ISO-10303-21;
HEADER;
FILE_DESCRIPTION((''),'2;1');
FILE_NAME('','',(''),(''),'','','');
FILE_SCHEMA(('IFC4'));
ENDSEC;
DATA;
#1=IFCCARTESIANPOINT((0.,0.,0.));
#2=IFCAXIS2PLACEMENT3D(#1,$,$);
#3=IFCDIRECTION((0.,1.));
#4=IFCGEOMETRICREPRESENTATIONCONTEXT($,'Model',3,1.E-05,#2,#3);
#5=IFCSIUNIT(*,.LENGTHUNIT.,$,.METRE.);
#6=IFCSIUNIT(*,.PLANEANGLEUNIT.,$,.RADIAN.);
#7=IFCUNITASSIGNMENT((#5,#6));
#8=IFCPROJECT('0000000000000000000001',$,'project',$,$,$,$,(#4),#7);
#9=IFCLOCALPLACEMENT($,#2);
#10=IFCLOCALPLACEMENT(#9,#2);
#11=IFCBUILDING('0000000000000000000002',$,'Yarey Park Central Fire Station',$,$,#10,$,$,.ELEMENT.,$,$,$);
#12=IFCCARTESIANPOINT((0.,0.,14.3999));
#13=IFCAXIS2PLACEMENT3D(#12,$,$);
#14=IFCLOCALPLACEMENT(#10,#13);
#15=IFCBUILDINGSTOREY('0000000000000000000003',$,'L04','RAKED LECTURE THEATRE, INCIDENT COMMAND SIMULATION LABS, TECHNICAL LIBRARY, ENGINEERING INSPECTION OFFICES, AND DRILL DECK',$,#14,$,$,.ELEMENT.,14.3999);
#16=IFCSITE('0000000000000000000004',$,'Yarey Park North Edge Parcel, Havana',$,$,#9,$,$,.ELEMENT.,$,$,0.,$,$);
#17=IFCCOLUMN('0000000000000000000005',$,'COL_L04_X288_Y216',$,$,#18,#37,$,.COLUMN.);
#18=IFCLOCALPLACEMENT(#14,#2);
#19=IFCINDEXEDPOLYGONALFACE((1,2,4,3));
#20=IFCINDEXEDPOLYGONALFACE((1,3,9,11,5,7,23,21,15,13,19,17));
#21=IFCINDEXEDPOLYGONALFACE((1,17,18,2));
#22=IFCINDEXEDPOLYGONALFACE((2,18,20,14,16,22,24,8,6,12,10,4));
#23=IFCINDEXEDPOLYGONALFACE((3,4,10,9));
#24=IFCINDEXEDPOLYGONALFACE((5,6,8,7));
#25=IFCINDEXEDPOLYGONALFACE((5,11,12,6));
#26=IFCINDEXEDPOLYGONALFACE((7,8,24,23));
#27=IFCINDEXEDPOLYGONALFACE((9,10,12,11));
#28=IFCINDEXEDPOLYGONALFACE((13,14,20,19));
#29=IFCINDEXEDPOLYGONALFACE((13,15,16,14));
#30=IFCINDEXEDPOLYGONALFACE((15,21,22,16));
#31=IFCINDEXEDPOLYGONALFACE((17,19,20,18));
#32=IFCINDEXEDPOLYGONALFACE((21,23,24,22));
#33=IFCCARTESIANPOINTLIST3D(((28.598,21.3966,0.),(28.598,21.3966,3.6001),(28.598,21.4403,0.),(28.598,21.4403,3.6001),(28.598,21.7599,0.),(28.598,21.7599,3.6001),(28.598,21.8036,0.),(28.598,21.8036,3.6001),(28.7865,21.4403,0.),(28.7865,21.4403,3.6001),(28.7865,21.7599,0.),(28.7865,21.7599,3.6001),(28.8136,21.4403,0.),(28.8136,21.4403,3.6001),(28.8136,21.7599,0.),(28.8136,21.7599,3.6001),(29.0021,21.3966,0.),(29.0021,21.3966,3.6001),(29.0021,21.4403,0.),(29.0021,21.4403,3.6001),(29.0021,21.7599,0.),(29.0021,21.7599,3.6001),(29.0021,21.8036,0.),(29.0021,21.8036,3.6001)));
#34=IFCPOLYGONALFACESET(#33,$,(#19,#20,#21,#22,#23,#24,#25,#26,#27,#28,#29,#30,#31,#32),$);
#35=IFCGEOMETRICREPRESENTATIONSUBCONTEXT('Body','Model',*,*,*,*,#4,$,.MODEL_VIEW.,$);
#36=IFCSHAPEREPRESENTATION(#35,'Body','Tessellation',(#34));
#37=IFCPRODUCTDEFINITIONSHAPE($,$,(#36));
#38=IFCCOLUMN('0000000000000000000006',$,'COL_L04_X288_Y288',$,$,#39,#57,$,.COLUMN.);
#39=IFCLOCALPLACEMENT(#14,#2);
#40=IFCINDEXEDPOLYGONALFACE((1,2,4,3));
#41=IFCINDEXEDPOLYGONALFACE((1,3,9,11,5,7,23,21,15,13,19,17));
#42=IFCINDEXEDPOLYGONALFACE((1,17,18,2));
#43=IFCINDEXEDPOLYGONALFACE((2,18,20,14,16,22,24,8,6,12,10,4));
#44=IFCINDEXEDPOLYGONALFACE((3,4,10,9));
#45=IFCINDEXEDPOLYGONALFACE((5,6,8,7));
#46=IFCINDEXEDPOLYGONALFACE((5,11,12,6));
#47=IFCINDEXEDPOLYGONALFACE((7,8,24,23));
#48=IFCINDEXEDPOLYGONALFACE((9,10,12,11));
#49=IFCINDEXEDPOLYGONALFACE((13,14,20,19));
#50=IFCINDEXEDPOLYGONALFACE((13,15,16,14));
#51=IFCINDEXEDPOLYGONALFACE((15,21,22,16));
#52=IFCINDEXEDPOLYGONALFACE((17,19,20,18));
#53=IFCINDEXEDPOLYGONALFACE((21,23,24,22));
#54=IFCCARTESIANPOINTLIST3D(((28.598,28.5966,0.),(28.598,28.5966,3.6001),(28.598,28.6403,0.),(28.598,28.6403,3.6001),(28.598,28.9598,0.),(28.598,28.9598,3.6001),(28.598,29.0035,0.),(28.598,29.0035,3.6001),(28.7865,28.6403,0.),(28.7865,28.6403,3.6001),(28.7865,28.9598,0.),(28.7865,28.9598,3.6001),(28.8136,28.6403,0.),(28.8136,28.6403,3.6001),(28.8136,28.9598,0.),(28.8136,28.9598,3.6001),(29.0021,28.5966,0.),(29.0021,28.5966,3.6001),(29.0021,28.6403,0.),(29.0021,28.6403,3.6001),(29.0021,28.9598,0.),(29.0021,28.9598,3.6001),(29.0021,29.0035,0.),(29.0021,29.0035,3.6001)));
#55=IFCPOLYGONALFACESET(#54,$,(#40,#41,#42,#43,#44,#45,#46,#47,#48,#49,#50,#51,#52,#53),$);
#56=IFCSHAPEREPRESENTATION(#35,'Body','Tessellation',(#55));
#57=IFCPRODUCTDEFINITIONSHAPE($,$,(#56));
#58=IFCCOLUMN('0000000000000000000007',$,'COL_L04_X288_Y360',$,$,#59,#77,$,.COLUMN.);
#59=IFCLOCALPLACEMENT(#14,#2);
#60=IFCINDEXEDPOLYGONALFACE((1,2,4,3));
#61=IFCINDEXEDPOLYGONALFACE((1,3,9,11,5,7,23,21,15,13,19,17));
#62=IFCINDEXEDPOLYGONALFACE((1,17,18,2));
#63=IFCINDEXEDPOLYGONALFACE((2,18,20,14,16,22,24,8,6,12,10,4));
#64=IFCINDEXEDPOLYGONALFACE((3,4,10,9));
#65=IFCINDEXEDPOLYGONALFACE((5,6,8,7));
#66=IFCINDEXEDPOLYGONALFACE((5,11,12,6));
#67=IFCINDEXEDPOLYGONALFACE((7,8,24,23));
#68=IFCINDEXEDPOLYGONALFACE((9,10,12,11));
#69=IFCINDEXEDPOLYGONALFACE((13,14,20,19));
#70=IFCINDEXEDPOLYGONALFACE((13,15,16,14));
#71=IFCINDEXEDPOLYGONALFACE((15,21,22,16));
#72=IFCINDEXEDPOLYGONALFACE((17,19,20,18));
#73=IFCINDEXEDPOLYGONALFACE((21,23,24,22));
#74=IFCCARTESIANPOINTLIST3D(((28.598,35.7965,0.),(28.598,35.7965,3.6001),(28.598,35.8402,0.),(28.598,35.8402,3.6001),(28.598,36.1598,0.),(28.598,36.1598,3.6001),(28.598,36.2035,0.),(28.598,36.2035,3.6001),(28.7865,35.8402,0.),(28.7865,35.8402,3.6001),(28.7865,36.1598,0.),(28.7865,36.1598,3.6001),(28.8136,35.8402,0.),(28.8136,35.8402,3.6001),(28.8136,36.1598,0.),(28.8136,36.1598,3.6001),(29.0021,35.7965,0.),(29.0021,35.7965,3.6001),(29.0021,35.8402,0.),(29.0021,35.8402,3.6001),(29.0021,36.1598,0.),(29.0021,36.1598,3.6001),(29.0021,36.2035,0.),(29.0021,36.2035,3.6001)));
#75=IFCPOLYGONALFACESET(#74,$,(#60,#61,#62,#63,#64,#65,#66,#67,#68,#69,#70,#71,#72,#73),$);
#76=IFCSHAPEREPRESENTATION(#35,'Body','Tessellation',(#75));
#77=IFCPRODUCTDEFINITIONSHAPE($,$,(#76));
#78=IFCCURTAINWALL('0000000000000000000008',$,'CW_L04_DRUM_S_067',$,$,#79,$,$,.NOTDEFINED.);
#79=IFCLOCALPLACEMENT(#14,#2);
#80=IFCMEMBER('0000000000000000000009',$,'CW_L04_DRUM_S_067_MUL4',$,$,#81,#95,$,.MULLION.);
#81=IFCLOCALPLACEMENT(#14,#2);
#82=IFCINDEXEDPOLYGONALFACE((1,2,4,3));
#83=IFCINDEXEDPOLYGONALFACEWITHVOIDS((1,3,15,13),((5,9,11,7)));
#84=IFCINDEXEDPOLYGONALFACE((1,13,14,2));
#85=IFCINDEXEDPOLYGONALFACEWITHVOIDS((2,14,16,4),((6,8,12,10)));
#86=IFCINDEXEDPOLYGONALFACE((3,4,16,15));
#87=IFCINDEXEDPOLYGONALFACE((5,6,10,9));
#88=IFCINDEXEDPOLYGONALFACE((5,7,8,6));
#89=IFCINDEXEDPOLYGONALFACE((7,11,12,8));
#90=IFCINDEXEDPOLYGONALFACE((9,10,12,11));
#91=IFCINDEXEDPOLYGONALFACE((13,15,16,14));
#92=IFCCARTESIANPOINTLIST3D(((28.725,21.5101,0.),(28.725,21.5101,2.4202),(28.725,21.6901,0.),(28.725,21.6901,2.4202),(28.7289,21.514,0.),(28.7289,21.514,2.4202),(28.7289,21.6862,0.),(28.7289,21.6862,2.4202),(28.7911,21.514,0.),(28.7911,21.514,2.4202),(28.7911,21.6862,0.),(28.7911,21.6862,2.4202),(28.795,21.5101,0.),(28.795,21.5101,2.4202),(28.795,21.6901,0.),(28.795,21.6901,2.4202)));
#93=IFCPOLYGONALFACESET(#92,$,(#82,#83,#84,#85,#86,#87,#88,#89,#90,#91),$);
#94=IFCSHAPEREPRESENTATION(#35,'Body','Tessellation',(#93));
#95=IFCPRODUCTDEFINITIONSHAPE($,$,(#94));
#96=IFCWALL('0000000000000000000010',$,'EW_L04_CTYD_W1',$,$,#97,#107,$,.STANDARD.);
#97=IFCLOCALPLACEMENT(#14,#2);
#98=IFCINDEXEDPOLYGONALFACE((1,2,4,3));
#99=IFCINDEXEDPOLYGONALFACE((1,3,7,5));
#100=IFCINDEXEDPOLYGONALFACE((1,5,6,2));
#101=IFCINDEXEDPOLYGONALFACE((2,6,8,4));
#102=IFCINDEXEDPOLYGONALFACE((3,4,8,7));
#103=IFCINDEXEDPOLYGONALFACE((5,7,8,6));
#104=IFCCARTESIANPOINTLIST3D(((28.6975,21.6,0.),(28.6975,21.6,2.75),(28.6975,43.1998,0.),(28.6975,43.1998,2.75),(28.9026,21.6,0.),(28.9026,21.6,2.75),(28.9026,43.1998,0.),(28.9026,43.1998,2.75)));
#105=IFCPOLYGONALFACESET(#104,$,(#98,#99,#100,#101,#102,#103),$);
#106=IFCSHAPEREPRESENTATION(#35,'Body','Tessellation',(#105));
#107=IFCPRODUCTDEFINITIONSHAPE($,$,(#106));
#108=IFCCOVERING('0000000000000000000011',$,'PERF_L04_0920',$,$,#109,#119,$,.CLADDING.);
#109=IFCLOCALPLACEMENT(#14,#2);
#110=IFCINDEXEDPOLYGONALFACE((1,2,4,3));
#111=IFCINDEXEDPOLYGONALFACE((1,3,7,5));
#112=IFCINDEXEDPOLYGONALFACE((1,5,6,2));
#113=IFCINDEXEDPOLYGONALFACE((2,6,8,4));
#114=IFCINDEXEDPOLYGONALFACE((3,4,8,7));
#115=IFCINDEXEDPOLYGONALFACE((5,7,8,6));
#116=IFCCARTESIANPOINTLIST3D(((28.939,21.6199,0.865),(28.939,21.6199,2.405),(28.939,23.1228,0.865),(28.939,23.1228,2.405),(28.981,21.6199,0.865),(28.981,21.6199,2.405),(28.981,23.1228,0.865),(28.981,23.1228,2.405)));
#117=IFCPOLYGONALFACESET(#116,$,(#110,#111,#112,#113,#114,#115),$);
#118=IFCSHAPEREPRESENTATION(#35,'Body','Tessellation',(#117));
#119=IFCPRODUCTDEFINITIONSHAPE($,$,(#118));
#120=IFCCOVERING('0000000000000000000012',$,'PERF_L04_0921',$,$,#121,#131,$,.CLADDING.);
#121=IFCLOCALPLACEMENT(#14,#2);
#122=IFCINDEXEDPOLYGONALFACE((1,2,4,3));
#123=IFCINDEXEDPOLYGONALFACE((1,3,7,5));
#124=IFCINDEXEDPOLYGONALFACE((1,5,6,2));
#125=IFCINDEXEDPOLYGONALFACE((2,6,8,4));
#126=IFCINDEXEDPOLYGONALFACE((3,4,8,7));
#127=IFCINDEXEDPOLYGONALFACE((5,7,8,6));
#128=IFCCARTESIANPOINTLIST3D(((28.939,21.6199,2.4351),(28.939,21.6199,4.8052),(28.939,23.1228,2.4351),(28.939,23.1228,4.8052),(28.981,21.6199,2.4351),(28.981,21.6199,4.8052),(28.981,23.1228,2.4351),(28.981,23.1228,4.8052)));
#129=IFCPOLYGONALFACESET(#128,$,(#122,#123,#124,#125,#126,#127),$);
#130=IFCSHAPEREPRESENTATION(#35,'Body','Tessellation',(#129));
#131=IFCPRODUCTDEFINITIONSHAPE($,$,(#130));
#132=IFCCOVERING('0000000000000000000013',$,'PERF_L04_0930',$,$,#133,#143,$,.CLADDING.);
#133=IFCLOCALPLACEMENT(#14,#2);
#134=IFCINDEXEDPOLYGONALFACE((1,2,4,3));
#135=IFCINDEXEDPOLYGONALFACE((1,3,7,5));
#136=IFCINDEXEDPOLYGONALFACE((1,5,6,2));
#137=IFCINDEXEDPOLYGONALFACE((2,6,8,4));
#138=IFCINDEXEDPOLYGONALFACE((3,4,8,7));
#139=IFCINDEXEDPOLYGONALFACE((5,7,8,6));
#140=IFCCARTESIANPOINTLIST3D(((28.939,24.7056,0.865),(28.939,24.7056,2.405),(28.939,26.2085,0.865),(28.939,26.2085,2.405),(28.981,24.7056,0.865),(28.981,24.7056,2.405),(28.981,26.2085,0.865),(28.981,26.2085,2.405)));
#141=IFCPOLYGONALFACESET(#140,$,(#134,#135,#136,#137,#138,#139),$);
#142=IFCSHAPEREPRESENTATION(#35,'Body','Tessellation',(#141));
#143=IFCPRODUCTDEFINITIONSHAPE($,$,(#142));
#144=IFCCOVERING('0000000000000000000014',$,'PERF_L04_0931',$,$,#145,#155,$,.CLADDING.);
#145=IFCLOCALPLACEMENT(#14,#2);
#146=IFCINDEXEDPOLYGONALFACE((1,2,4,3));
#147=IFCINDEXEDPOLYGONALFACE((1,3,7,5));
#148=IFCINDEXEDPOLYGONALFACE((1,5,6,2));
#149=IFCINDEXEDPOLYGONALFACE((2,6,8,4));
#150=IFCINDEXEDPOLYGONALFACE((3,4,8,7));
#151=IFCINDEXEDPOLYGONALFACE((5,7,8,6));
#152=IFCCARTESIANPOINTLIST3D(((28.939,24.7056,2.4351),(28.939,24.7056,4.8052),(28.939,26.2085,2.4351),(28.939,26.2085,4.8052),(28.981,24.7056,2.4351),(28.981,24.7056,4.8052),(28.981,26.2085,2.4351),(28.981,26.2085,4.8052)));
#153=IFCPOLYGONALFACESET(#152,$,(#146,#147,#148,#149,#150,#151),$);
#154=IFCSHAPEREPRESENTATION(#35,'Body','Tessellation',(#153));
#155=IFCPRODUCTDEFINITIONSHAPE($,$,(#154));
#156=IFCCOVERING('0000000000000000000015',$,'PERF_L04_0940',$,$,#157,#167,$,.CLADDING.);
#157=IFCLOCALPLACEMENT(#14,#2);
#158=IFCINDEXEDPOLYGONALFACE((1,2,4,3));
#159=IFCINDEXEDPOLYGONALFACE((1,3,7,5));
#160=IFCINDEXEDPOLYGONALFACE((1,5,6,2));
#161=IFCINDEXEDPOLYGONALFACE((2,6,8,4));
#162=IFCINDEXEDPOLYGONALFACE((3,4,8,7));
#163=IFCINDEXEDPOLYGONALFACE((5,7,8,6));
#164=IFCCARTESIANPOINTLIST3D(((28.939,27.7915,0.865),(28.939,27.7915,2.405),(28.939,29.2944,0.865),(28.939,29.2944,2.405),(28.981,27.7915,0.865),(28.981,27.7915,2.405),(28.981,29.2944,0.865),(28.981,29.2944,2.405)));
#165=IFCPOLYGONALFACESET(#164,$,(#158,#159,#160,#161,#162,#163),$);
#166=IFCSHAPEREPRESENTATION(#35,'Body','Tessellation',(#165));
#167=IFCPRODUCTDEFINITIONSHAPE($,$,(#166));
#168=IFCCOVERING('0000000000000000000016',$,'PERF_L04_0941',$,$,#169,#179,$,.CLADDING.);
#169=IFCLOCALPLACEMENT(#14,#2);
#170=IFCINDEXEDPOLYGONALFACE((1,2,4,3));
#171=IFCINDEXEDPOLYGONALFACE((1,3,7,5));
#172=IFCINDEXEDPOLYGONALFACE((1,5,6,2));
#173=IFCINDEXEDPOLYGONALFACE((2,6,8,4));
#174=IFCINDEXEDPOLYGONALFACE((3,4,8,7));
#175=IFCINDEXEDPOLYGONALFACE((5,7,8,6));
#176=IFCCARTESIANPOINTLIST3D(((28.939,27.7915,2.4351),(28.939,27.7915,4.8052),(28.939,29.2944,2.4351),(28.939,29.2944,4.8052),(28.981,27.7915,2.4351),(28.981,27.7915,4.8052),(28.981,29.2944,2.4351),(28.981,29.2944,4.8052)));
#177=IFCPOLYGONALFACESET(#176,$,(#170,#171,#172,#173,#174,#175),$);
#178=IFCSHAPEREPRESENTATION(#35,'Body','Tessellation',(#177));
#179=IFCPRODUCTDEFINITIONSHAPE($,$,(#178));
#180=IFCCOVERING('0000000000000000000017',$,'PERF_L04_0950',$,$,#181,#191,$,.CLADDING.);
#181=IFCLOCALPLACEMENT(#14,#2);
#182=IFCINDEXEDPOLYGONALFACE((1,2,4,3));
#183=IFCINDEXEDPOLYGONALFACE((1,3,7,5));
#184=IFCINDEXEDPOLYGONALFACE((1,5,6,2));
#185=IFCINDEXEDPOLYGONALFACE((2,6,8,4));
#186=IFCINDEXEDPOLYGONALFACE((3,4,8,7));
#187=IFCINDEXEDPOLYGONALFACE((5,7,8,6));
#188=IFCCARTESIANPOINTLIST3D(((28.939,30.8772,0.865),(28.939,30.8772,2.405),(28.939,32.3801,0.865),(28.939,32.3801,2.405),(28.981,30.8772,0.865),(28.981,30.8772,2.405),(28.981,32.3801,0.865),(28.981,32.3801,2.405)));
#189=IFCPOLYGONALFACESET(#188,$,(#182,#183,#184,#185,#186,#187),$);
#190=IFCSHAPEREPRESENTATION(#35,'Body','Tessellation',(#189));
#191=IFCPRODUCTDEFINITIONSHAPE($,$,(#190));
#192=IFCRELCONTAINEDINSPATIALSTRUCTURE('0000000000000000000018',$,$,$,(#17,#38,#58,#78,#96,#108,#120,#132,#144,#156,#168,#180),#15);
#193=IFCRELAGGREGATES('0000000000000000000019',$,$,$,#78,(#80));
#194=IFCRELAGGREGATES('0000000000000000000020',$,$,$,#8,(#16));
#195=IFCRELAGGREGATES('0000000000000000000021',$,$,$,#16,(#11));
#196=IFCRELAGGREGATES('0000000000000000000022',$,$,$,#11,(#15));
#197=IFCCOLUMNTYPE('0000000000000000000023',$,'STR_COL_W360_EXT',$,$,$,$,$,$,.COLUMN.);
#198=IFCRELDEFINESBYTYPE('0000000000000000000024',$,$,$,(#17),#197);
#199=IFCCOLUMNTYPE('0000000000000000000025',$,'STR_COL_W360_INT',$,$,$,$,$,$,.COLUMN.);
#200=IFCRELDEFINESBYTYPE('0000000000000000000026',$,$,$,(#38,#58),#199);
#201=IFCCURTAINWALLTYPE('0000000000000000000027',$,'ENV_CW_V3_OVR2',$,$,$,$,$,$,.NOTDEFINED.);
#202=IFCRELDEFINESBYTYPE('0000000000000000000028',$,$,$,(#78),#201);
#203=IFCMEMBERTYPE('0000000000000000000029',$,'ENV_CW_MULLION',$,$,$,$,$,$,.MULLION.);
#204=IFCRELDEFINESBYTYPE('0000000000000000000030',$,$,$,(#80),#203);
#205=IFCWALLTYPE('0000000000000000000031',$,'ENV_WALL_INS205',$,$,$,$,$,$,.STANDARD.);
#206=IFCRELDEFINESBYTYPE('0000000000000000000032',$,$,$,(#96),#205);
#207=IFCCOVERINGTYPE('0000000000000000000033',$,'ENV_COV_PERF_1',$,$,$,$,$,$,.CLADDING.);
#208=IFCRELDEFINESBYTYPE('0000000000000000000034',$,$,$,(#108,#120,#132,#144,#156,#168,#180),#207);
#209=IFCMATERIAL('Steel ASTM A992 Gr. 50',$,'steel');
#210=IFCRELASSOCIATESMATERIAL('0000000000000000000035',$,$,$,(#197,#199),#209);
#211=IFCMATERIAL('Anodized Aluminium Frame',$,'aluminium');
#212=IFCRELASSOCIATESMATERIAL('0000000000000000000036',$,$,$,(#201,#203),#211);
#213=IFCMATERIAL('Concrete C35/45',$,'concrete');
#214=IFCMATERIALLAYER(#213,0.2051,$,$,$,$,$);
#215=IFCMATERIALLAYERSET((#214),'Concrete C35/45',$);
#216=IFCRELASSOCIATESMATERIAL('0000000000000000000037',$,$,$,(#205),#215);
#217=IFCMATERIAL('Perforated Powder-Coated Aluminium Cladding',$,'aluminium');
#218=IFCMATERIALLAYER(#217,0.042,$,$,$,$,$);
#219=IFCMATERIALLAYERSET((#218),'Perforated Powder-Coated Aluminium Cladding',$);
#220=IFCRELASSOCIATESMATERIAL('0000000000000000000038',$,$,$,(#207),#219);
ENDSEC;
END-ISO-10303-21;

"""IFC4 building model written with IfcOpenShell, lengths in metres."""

from ifc_helpers import new_model, si_unit, direction, frame, frame_2d, origin, origin_2d, place, context, subcontext, project, spatial, rectangle, hollow_rectangle, i_section, extrude, material, layer, layer_set, material_profile, profile_set, type_object, element, aggregate, save


model = new_model("IFC4")

# Units and contexts
model_context = context("Model", 3, precision=1e-05, world=origin(), true_north=direction((0.0, 1.0)))
body_context = subcontext(model_context, "Body", "Model", "MODEL_VIEW")
ifc_project = project(units=[si_unit("LENGTHUNIT", "METRE"), si_unit("PLANEANGLEUNIT", "RADIAN")], contexts=[model_context])

# Site, building, storey
site_placement = place(None, origin())
site = spatial("IfcSite", under=ifc_project, at=site_placement, Name="Yarey Park North Edge Parcel, Havana", CompositionType="ELEMENT", RefElevation=0.0)
building_placement = place(site_placement, origin())
building = spatial("IfcBuilding", under=site, at=building_placement, Name="Yarey Park Central Fire Station", CompositionType="ELEMENT")
storey_placement = place(building_placement, frame((0.0, 0.0, 14.3999)))
storey = spatial("IfcBuildingStorey", under=building, at=storey_placement, Name="L04", Description="RAKED LECTURE THEATRE, INCIDENT COMMAND SIMULATION LABS, TECHNICAL LIBRARY, ENGINEERING INSPECTION OFFICES, AND DRILL DECK", CompositionType="ELEMENT", Elevation=14.3999)

# Columns
ifc_material_1 = material(Name="Steel ASTM A992 Gr. 50", Category="steel")
ifc_material_profile_1 = material_profile(ifc_material_1, i_section(OverallWidth=0.4041, OverallDepth=0.407, WebThickness=0.0271, FlangeThickness=0.0437, at=origin_2d()), Name="W360x347")
ifc_profile_set_1 = profile_set([ifc_material_profile_1], Name="Steel ASTM A992 Gr. 50")
column_type_1 = type_object("IfcColumnType", Name="STR_COL_W360_EXT", PredefinedType="COLUMN", material=ifc_profile_set_1)
column_placement = place(storey_placement, frame((28.8, 21.6001, 0.0), z_axis=(0.0, 0.0, 1.0), x_axis=(1.0, 0.0, 0.0)))
element("IfcColumn", 1, at=column_placement, inside=storey, type_object=column_type_1, Name="COL_L04_X288_Y216", PredefinedType="COLUMN", context=body_context, shape_type="SweptSolid", body=[
    extrude(i_section(OverallWidth=0.4041, OverallDepth=0.407, WebThickness=0.0271, FlangeThickness=0.0437, at=origin_2d()), origin(), (0.0, 0.0, 1.0), 3.6001),
])
ifc_material_profile_2 = material_profile(ifc_material_1, i_section(OverallWidth=0.4041, OverallDepth=0.407, WebThickness=0.0271, FlangeThickness=0.0437, at=origin_2d()), Name="W360x347")
ifc_profile_set_2 = profile_set([ifc_material_profile_2], Name="Steel ASTM A992 Gr. 50")
column_type_2 = type_object("IfcColumnType", Name="STR_COL_W360_INT", PredefinedType="COLUMN", material=ifc_profile_set_2)
for number, where, z_axis, x_axis, name in (
    (2, (28.8, 28.8, 0.0), (0.0, 0.0, 1.0), (1.0, 0.0, 0.0), "COL_L04_X288_Y288"),
    (3, (28.8, 36.0, 0.0), (0.0, 0.0, 1.0), (1.0, 0.0, 0.0), "COL_L04_X288_Y360"),
):
    element("IfcColumn", number, at=place(storey_placement, frame(where, z_axis=z_axis, x_axis=x_axis)), inside=storey, type_object=column_type_2, Name=name, PredefinedType="COLUMN", context=body_context, shape_type="SweptSolid", body=[
        extrude(i_section(OverallWidth=0.4041, OverallDepth=0.407, WebThickness=0.0271, FlangeThickness=0.0437, at=origin_2d()), origin(), (0.0, 0.0, 1.0), 3.6001),
    ])

# Curtain wall, member
ifc_material_2 = material(Name="Anodized Aluminium Frame", Category="aluminium")
curtain_wall_type = type_object("IfcCurtainWallType", Name="ENV_CW_V3_OVR2", PredefinedType="NOTDEFINED", material=ifc_material_2)
curtain_wall_placement = place(storey_placement, origin())
curtain_wall = element("IfcCurtainWall", 4, at=curtain_wall_placement, inside=storey, type_object=curtain_wall_type, Name="CW_L04_DRUM_S_067", PredefinedType="NOTDEFINED")
ifc_material_profile_3 = material_profile(ifc_material_2, hollow_rectangle(XDim=0.0701, YDim=0.1799, WallThickness=0.0039, at=origin_2d()), Name="ALU 180x70x4")
ifc_profile_set_3 = profile_set([ifc_material_profile_3], Name="Anodized Aluminium Frame")
member_type = type_object("IfcMemberType", Name="ENV_CW_MULLION", PredefinedType="MULLION", material=ifc_profile_set_3)
member_placement = place(storey_placement, frame((28.76, 21.6001, 0.0), z_axis=(0.0, 0.0, 1.0), x_axis=(1.0, 0.0, 0.0)))
member = element("IfcMember", 5, at=member_placement, type_object=member_type, Name="CW_L04_DRUM_S_067_MUL4", PredefinedType="MULLION", context=body_context, shape_type="SweptSolid", body=[
    extrude(hollow_rectangle(XDim=0.0701, YDim=0.1799, WallThickness=0.0039, at=origin_2d()), origin(), (0.0, 0.0, 1.0), 2.4202),
])
aggregate(curtain_wall, [member])

# Wall
ifc_material_3 = material(Name="Concrete C35/45", Category="concrete")
ifc_layer_1 = layer(ifc_material_3, 0.2051)
ifc_layer_set_1 = layer_set([ifc_layer_1], Name="Concrete C35/45")
wall_type = type_object("IfcWallType", Name="ENV_WALL_INS205", PredefinedType="STANDARD", material=ifc_layer_set_1)
wall_placement = place(storey_placement, frame((28.8, 21.6001, 0.0), z_axis=(0.0, 0.0, 1.0), x_axis=(0.0, 1.0, 0.0)))
element("IfcWall", 6, at=wall_placement, inside=storey, type_object=wall_type, Name="EW_L04_CTYD_W1", PredefinedType="STANDARD", context=body_context, shape_type="SweptSolid", body=[
    extrude(rectangle(XDim=21.5999, YDim=0.2051, at=frame_2d((10.7998, 0.0))), origin(), (0.0, 0.0, 1.0), 2.75),
])

# Coverings
ifc_material_4 = material(Name="Perforated Powder-Coated Aluminium Cladding", Category="aluminium")
ifc_layer_2 = layer(ifc_material_4, 0.042)
ifc_layer_set_2 = layer_set([ifc_layer_2], Name="Perforated Powder-Coated Aluminium Cladding")
covering_type_1 = type_object("IfcCoveringType", Name="ENV_COV_PERF_1", PredefinedType="CLADDING", material=ifc_layer_set_2)
covering_1_placement = place(storey_placement, frame((28.96, 22.3713, 0.865), z_axis=(0.0, 0.0, 1.0), x_axis=(0.0, 1.0, 0.0)))
element("IfcCovering", 7, at=covering_1_placement, inside=storey, type_object=covering_type_1, Name="PERF_L04_0920", PredefinedType="CLADDING", context=body_context, shape_type="SweptSolid", body=[
    extrude(rectangle(XDim=1.5029, YDim=0.042, at=origin_2d()), origin(), (0.0, 0.0, 1.0), 1.54),
])
covering_2_placement = place(storey_placement, frame((28.96, 22.3713, 2.4351), z_axis=(0.0, 0.0, 1.0), x_axis=(0.0, 1.0, 0.0)))
element("IfcCovering", 8, at=covering_2_placement, inside=storey, type_object=covering_type_1, Name="PERF_L04_0921", PredefinedType="CLADDING", context=body_context, shape_type="SweptSolid", body=[
    extrude(rectangle(XDim=1.5029, YDim=0.042, at=origin_2d()), origin(), (0.0, 0.0, 1.0), 2.3701),
])
covering_3_placement = place(storey_placement, frame((28.96, 25.457, 0.865), z_axis=(0.0, 0.0, 1.0), x_axis=(0.0, 1.0, 0.0)))
element("IfcCovering", 9, at=covering_3_placement, inside=storey, type_object=covering_type_1, Name="PERF_L04_0930", PredefinedType="CLADDING", context=body_context, shape_type="SweptSolid", body=[
    extrude(rectangle(XDim=1.5029, YDim=0.042, at=origin_2d()), origin(), (0.0, 0.0, 1.0), 1.54),
])
covering_4_placement = place(storey_placement, frame((28.96, 25.457, 2.4351), z_axis=(0.0, 0.0, 1.0), x_axis=(0.0, 1.0, 0.0)))
element("IfcCovering", 10, at=covering_4_placement, inside=storey, type_object=covering_type_1, Name="PERF_L04_0931", PredefinedType="CLADDING", context=body_context, shape_type="SweptSolid", body=[
    extrude(rectangle(XDim=1.5029, YDim=0.042, at=origin_2d()), origin(), (0.0, 0.0, 1.0), 2.3701),
])
covering_5_placement = place(storey_placement, frame((28.96, 28.543, 0.865), z_axis=(0.0, 0.0, 1.0), x_axis=(0.0, 1.0, 0.0)))
element("IfcCovering", 11, at=covering_5_placement, inside=storey, type_object=covering_type_1, Name="PERF_L04_0940", PredefinedType="CLADDING", context=body_context, shape_type="SweptSolid", body=[
    extrude(rectangle(XDim=1.5029, YDim=0.042, at=origin_2d()), origin(), (0.0, 0.0, 1.0), 1.54),
])
covering_6_placement = place(storey_placement, frame((28.96, 28.543, 2.4351), z_axis=(0.0, 0.0, 1.0), x_axis=(0.0, 1.0, 0.0)))
element("IfcCovering", 12, at=covering_6_placement, inside=storey, type_object=covering_type_1, Name="PERF_L04_0941", PredefinedType="CLADDING", context=body_context, shape_type="SweptSolid", body=[
    extrude(rectangle(XDim=1.5029, YDim=0.042, at=origin_2d()), origin(), (0.0, 0.0, 1.0), 2.3701),
])
covering_7_placement = place(storey_placement, frame((28.96, 31.6287, 0.865), z_axis=(0.0, 0.0, 1.0), x_axis=(0.0, 1.0, 0.0)))
element("IfcCovering", 13, at=covering_7_placement, inside=storey, type_object=covering_type_1, Name="PERF_L04_0950", PredefinedType="CLADDING", context=body_context, shape_type="SweptSolid", body=[
    extrude(rectangle(XDim=1.5029, YDim=0.042, at=origin_2d()), origin(), (0.0, 0.0, 1.0), 1.54),
])

save(model, "model.ifc")
